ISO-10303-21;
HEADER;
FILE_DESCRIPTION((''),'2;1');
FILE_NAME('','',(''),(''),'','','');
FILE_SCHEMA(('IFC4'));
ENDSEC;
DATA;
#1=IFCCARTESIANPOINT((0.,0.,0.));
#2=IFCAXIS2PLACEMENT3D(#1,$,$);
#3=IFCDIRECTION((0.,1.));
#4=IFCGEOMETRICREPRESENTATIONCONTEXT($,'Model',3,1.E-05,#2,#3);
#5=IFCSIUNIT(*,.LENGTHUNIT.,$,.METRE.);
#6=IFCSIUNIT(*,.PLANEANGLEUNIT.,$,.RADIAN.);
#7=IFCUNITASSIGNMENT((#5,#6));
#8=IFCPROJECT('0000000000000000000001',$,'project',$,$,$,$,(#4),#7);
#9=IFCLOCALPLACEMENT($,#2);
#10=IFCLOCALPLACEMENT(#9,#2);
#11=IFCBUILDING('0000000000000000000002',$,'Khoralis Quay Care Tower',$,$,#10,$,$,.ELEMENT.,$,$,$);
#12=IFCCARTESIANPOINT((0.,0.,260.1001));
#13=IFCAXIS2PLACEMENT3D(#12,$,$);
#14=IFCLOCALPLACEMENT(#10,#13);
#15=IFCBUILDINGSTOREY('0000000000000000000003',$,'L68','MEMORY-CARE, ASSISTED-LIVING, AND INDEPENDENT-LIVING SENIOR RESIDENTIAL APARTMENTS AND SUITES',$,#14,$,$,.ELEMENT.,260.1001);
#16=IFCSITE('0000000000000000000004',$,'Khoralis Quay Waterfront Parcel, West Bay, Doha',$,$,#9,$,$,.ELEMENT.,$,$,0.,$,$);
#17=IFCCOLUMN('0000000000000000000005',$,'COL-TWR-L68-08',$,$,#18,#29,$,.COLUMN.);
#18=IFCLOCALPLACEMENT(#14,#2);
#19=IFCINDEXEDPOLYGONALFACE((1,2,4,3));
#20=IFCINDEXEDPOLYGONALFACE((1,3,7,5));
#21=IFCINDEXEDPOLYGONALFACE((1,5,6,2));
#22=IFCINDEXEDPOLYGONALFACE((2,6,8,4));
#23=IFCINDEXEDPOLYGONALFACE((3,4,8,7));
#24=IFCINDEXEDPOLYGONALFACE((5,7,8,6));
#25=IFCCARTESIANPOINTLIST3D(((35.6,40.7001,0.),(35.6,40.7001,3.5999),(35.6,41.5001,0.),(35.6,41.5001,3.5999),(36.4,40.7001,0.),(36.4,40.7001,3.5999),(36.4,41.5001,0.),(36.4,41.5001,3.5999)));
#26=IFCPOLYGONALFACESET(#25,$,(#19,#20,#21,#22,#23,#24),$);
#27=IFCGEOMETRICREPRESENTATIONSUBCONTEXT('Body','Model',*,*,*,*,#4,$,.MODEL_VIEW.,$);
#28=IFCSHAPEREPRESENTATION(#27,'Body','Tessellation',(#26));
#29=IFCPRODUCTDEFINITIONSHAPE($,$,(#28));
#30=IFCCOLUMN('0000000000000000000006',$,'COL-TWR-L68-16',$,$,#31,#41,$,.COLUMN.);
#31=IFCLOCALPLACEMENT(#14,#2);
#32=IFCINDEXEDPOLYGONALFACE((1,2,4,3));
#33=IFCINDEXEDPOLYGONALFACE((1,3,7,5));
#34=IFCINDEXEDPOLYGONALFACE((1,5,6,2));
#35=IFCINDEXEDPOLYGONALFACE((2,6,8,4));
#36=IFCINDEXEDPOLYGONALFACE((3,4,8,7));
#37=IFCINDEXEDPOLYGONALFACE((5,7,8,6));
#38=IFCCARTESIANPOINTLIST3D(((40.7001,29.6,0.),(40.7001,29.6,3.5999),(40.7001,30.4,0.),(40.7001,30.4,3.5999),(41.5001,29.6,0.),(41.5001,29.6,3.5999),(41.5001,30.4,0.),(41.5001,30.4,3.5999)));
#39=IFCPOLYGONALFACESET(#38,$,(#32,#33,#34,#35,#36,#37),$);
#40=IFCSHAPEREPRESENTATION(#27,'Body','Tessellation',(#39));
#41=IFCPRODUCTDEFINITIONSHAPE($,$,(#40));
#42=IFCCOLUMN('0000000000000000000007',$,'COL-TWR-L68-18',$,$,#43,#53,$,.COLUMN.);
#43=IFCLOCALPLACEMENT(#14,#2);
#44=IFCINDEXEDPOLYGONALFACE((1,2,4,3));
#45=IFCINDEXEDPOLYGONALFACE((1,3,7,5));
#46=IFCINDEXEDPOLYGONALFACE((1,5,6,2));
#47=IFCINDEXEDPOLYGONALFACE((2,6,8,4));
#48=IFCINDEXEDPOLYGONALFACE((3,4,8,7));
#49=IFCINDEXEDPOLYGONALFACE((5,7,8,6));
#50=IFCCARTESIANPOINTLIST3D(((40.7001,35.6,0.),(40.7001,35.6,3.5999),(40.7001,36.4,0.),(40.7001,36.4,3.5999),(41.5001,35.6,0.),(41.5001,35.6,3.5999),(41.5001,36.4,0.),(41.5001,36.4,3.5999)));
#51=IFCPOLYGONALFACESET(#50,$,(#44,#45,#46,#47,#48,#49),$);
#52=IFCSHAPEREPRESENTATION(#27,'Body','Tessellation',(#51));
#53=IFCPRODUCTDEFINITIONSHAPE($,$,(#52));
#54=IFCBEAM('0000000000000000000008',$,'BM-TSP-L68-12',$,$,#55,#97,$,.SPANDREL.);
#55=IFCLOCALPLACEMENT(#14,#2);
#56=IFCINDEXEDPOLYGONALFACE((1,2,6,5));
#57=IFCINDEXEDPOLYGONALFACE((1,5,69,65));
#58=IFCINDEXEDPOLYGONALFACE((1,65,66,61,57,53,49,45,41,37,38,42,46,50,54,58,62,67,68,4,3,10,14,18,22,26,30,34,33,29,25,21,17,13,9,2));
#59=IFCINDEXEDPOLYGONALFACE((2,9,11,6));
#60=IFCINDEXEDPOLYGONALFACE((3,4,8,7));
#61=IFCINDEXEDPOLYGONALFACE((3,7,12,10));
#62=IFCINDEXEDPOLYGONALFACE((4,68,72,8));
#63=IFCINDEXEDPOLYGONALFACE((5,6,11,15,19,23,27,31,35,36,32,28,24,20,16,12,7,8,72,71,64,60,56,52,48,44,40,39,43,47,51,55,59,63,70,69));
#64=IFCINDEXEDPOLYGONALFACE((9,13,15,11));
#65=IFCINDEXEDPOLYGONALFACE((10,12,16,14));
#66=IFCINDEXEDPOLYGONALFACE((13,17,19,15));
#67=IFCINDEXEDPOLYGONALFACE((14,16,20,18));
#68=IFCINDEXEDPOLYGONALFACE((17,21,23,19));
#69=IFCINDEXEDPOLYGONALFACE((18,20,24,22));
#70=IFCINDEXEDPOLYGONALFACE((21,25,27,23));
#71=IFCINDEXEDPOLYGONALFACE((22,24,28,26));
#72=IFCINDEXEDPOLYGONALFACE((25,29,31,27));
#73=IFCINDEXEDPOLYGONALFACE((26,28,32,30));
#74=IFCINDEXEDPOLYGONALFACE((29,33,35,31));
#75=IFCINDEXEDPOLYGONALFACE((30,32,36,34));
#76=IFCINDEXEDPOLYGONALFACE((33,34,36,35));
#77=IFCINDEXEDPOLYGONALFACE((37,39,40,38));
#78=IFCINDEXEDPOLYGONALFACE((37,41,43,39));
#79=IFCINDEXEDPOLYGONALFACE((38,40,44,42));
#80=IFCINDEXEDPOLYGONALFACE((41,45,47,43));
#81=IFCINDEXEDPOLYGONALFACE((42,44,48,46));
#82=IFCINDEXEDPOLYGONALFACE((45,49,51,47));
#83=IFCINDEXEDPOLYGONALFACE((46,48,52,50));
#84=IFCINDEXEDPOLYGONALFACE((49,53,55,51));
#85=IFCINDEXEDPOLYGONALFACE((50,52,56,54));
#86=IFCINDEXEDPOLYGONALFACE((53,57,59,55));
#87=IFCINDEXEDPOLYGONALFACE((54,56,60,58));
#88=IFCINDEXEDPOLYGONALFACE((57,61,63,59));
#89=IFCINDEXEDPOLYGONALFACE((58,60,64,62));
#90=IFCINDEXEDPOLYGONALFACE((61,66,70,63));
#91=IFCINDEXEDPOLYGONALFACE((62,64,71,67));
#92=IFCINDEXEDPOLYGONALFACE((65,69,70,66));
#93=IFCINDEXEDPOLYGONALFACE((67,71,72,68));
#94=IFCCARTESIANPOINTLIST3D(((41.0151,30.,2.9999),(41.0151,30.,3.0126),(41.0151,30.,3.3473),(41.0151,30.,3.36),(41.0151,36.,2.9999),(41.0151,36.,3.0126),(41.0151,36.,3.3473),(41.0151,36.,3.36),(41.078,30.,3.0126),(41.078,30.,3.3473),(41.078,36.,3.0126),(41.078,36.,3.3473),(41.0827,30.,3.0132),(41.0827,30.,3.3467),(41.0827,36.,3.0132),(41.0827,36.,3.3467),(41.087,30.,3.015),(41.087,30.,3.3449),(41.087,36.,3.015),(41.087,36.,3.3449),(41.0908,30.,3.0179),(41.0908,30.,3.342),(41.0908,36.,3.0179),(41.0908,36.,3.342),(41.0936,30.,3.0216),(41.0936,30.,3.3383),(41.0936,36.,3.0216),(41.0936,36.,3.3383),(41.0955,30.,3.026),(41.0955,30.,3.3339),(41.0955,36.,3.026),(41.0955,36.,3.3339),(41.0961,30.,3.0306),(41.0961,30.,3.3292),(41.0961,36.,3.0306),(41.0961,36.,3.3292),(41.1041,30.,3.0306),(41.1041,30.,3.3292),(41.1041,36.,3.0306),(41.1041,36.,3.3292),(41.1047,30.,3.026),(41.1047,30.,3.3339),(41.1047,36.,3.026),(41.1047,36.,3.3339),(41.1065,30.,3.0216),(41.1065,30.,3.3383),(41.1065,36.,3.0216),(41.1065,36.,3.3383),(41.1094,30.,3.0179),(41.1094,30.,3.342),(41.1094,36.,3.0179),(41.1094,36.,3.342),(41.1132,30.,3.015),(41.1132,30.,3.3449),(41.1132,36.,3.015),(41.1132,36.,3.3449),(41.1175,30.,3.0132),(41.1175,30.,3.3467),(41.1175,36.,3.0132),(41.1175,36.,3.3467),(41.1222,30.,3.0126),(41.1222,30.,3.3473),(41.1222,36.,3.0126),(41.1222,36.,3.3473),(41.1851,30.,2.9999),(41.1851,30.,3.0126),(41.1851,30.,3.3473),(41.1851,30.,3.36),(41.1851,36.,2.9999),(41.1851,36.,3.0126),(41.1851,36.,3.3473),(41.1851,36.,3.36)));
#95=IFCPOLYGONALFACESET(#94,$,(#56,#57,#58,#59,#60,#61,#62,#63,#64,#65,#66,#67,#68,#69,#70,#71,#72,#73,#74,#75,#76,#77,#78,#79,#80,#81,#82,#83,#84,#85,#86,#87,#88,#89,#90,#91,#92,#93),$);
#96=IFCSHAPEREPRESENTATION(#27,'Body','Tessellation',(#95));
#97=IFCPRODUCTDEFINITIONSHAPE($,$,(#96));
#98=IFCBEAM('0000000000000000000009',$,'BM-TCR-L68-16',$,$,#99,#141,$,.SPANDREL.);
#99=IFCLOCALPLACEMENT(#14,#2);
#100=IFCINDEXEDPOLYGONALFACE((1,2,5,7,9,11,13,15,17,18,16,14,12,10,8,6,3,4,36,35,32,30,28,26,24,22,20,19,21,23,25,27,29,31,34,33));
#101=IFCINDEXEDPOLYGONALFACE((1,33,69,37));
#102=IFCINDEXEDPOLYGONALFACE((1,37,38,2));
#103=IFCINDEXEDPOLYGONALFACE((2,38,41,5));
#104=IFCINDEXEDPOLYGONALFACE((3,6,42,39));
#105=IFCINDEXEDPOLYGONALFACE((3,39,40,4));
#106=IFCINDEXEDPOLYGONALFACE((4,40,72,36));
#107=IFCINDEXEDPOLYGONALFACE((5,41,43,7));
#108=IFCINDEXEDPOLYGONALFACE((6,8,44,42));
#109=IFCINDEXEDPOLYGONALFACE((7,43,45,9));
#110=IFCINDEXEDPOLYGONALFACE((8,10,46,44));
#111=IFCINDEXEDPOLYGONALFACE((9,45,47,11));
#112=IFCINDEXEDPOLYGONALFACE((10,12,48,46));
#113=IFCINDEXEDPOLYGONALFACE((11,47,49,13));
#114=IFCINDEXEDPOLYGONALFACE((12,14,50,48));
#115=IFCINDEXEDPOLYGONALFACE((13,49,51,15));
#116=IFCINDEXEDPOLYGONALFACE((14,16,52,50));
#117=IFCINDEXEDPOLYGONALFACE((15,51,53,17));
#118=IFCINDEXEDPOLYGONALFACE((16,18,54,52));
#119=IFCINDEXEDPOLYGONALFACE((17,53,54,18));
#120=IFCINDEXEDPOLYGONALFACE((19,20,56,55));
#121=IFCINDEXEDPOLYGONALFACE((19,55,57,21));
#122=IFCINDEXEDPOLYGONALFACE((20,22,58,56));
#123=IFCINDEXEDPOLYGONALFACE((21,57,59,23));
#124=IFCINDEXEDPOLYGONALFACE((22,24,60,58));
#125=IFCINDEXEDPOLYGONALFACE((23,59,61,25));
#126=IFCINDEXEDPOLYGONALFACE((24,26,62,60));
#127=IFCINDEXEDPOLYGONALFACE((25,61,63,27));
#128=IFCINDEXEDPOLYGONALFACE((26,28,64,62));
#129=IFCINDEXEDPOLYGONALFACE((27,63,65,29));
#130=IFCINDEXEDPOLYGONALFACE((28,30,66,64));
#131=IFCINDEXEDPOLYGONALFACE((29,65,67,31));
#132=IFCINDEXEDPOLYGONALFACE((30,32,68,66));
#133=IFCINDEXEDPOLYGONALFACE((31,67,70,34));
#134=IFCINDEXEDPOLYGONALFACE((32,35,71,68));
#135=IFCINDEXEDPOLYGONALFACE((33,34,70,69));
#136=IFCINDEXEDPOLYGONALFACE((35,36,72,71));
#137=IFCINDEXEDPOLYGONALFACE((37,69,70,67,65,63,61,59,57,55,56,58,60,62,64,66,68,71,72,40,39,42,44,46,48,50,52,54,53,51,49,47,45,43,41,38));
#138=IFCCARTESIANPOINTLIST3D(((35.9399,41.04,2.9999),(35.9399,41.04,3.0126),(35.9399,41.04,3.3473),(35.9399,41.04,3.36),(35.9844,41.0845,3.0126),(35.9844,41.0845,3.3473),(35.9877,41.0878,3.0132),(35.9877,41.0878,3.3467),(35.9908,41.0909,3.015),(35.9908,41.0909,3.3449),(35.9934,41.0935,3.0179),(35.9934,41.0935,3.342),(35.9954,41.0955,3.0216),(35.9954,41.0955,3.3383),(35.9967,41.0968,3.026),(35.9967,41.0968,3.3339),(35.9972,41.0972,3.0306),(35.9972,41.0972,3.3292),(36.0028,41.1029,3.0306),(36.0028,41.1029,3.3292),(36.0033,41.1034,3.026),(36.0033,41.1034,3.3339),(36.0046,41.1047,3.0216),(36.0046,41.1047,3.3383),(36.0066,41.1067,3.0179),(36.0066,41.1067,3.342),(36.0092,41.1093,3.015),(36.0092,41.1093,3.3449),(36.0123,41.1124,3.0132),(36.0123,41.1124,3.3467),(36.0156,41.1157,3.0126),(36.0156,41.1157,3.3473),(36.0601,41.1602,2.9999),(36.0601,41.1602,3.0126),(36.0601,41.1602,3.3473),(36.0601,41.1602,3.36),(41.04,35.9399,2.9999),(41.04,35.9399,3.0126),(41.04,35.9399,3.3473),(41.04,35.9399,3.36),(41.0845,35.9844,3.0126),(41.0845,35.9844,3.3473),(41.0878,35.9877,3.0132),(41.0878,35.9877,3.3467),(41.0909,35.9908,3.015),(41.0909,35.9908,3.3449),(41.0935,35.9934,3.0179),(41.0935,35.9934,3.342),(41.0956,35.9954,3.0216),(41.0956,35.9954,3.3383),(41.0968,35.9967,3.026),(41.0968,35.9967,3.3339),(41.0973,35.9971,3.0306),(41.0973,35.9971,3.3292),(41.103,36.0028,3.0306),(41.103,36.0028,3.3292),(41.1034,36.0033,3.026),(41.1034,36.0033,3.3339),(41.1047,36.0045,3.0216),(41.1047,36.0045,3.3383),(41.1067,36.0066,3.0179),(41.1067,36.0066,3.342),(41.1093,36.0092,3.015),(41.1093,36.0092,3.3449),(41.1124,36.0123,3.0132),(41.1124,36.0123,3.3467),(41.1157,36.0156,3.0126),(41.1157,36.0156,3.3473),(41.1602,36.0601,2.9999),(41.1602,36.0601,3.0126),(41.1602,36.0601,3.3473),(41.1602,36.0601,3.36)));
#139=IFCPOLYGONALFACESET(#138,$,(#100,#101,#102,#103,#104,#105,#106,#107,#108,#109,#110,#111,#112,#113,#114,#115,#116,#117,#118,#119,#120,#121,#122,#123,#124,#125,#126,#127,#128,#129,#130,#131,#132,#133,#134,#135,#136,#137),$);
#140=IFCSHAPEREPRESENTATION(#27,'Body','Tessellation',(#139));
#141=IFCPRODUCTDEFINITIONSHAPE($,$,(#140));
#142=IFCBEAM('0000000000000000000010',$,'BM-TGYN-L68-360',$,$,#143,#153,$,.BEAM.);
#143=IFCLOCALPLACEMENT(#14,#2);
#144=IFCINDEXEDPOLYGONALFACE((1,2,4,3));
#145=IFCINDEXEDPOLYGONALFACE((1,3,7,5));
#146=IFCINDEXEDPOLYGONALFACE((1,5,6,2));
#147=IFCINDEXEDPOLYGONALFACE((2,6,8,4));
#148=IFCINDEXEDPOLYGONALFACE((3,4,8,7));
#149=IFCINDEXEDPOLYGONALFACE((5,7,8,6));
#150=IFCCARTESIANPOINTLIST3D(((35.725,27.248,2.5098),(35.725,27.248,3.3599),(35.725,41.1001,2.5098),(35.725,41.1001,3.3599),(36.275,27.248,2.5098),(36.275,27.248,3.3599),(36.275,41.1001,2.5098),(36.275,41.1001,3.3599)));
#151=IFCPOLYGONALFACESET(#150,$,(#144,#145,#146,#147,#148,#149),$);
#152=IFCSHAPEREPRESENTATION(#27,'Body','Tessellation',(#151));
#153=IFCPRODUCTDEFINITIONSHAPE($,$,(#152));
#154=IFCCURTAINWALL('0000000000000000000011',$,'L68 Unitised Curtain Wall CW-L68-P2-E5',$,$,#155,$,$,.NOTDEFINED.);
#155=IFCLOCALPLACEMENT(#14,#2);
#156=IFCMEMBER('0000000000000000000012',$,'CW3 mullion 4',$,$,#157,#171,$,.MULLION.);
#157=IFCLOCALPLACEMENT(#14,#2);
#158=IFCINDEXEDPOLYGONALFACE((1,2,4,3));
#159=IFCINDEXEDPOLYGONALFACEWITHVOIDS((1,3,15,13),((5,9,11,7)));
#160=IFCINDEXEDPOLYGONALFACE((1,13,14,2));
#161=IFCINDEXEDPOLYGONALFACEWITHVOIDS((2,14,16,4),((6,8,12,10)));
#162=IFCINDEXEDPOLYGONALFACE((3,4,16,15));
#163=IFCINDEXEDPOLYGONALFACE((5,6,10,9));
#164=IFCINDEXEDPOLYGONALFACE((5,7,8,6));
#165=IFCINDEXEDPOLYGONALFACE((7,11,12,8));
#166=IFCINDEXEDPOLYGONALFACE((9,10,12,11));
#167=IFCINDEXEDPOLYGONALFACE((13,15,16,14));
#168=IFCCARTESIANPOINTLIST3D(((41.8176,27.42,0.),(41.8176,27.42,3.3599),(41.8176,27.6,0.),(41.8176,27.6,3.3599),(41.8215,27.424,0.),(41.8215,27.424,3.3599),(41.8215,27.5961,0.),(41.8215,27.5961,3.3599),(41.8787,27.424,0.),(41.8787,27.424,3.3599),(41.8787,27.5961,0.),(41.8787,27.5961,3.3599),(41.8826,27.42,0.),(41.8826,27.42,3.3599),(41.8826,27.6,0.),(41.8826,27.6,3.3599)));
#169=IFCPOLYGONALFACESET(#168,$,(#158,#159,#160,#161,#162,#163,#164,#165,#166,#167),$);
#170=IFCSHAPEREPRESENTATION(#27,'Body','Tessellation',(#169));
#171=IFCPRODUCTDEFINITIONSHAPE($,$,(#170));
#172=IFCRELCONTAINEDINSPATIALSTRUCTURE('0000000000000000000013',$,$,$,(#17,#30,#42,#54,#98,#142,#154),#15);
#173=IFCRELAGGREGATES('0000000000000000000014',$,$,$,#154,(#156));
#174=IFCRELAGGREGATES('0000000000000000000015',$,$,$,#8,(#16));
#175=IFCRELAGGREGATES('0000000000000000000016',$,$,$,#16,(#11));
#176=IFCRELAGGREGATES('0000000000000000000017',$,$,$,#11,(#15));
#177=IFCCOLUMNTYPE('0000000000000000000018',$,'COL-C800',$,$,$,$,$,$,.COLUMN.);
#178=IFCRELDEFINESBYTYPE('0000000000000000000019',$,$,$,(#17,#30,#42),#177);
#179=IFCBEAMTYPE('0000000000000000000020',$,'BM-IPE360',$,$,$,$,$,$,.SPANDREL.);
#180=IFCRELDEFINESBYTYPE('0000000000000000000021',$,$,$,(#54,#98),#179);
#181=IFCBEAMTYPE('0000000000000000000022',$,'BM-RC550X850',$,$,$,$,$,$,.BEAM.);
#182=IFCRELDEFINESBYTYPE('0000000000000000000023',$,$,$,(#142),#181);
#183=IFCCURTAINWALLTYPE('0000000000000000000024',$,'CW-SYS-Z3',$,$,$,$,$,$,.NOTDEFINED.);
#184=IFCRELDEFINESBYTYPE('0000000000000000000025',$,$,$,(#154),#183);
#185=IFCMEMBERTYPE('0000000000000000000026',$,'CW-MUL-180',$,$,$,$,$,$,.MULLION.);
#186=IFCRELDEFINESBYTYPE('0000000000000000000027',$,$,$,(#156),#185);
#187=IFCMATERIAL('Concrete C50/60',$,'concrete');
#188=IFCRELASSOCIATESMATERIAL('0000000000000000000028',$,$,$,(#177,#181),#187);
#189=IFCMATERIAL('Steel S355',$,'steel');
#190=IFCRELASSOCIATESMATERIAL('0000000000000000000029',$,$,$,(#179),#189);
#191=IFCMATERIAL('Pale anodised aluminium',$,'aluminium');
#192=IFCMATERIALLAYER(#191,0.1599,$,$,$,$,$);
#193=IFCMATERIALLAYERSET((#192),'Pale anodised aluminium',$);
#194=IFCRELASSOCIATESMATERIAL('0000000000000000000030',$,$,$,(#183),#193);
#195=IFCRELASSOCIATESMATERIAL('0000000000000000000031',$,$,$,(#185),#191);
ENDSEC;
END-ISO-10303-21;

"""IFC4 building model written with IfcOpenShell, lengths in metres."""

from ifc_helpers import new_model, si_unit, direction, frame, origin, origin_2d, place, context, subcontext, project, spatial, rectangle, hollow_rectangle, i_section, extrude, source, transform, mapped, material, layer, layer_set, material_profile, profile_set, type_object, element, aggregate, save


model = new_model("IFC4")

# Units and contexts
model_context = context("Model", 3, precision=1e-05, world=origin(), true_north=direction((0.0, 1.0)))
body_context = subcontext(model_context, "Body", "Model", "MODEL_VIEW")
ifc_project = project(units=[si_unit("LENGTHUNIT", "METRE"), si_unit("PLANEANGLEUNIT", "RADIAN")], contexts=[model_context])

# Site, building, storey
site_placement = place(None, origin())
site = spatial("IfcSite", under=ifc_project, at=site_placement, Name="Khoralis Quay Waterfront Parcel, West Bay, Doha", CompositionType="ELEMENT", RefElevation=0.0)
building_placement = place(site_placement, origin())
building = spatial("IfcBuilding", under=site, at=building_placement, Name="Khoralis Quay Care Tower", CompositionType="ELEMENT")
storey_placement = place(building_placement, frame((0.0, 0.0, 260.1001)))
storey = spatial("IfcBuildingStorey", under=building, at=storey_placement, Name="L68", Description="MEMORY-CARE, ASSISTED-LIVING, AND INDEPENDENT-LIVING SENIOR RESIDENTIAL APARTMENTS AND SUITES", CompositionType="ELEMENT", Elevation=260.1001)

# Columns
ifc_material_1 = material(Name="Concrete C50/60", Category="concrete")
ifc_material_profile_1 = material_profile(ifc_material_1, rectangle(XDim=0.8, YDim=0.8, at=origin_2d()), Name="Concrete C50/60")
ifc_profile_set_1 = profile_set([ifc_material_profile_1], Name="Concrete C50/60")
column_type = type_object("IfcColumnType", Name="COL-C800", PredefinedType="COLUMN", material=ifc_profile_set_1)
shared_shape_1 = source(origin(), body_context, "Body", "SweptSolid", [
    extrude(rectangle(XDim=0.8, YDim=0.8, at=origin_2d()), origin(), (0.0, 0.0, 1.0), 3.5999),
])
for number, where, z_axis, x_axis, name in (
    (1, (36.0, 41.1001, 0.0), (0.0, 0.0, 1.0), (1.0, 0.0, 0.0), "COL-TWR-L68-08"),
    (2, (41.1001, 30.0, 0.0), (0.0, 0.0, 1.0), (1.0, 0.0, 0.0), "COL-TWR-L68-16"),
    (3, (41.1001, 36.0, 0.0), (0.0, 0.0, 1.0), (1.0, 0.0, 0.0), "COL-TWR-L68-18"),
):
    element("IfcColumn", number, at=place(storey_placement, frame(where, z_axis=z_axis, x_axis=x_axis)), inside=storey, type_object=column_type, Name=name, PredefinedType="COLUMN", context=body_context, shape_type="MappedRepresentation", body=[
        mapped(shared_shape_1, transform((0.0, 0.0, 0.0), scale=1.0)),
    ])

# Beams
ifc_material_2 = material(Name="Steel S355", Category="steel")
ifc_material_profile_2 = material_profile(ifc_material_2, i_section(OverallWidth=0.1699, OverallDepth=0.3601, WebThickness=0.0081, FlangeThickness=0.0127, FilletRadius=0.0181, at=origin_2d()), Name="Steel S355")
ifc_profile_set_2 = profile_set([ifc_material_profile_2], Name="Steel S355")
beam_type_1 = type_object("IfcBeamType", Name="BM-IPE360", PredefinedType="SPANDREL", material=ifc_profile_set_2)
shared_shape_2 = source(origin(), body_context, "Body", "SweptSolid", [
    extrude(i_section(OverallWidth=0.1699, OverallDepth=0.3601, WebThickness=0.0081, FlangeThickness=0.0127, FilletRadius=0.0181, at=origin_2d()), origin(), (0.0, 0.0, 1.0), 6.0),
])
beam_1_placement = place(storey_placement, frame((41.1001, 30.0, 3.1799), z_axis=(0.0, 1.0, 0.0), x_axis=(-1.0, 0.0, 0.0)))
element("IfcBeam", 4, at=beam_1_placement, inside=storey, type_object=beam_type_1, Name="BM-TSP-L68-12", PredefinedType="SPANDREL", context=body_context, shape_type="MappedRepresentation", body=[
    mapped(shared_shape_2, transform((0.0, 0.0, 0.0), scale=1.0)),
])
shared_shape_3 = source(origin(), body_context, "Body", "SweptSolid", [
    extrude(i_section(OverallWidth=0.1699, OverallDepth=0.3601, WebThickness=0.0081, FlangeThickness=0.0127, FilletRadius=0.0181, at=origin_2d()), origin(), (0.0, 0.0, 1.0), 7.2126),
])
beam_2_placement = place(storey_placement, frame((36.0, 41.1001, 3.1799), z_axis=(0.707107, -0.707107, 0.0), x_axis=(0.707107, 0.707107, 0.0)))
element("IfcBeam", 5, at=beam_2_placement, inside=storey, type_object=beam_type_1, Name="BM-TCR-L68-16", PredefinedType="SPANDREL", context=body_context, shape_type="MappedRepresentation", body=[
    mapped(shared_shape_3, transform((0.0, 0.0, 0.0), scale=1.0)),
])
ifc_material_profile_3 = material_profile(ifc_material_1, rectangle(XDim=0.55, YDim=0.8501, at=origin_2d()), Name="Concrete C50/60")
ifc_profile_set_3 = profile_set([ifc_material_profile_3], Name="Concrete C50/60")
beam_type_2 = type_object("IfcBeamType", Name="BM-RC550X850", PredefinedType="BEAM", material=ifc_profile_set_3)
shared_shape_4 = source(origin(), body_context, "Body", "SweptSolid", [
    extrude(rectangle(XDim=0.55, YDim=0.8501, at=origin_2d()), origin(), (0.0, 0.0, 1.0), 13.8521),
])
beam_3_placement = place(storey_placement, frame((36.0, 27.248, 2.9348), z_axis=(0.0, 1.0, 0.0), x_axis=(-1.0, 0.0, 0.0)))
element("IfcBeam", 6, at=beam_3_placement, inside=storey, type_object=beam_type_2, Name="BM-TGYN-L68-360", PredefinedType="BEAM", context=body_context, shape_type="MappedRepresentation", body=[
    mapped(shared_shape_4, transform((0.0, 0.0, 0.0), scale=1.0)),
])

# Curtain wall, member
ifc_material_3 = material(Name="Pale anodised aluminium", Category="aluminium")
ifc_layer_1 = layer(ifc_material_3, 0.1599)
ifc_layer_set_1 = layer_set([ifc_layer_1], Name="Pale anodised aluminium")
curtain_wall_type = type_object("IfcCurtainWallType", Name="CW-SYS-Z3", PredefinedType="NOTDEFINED", material=ifc_layer_set_1)
curtain_wall_placement = place(storey_placement, origin())
curtain_wall = element("IfcCurtainWall", 7, at=curtain_wall_placement, inside=storey, type_object=curtain_wall_type, Name="L68 Unitised Curtain Wall CW-L68-P2-E5", PredefinedType="NOTDEFINED")
ifc_material_profile_4 = material_profile(ifc_material_3, hollow_rectangle(XDim=0.0649, YDim=0.1799, WallThickness=0.0039, at=origin_2d()), Name="Pale anodised aluminium")
ifc_profile_set_4 = profile_set([ifc_material_profile_4], Name="Pale anodised aluminium")
member_type = type_object("IfcMemberType", Name="CW-MUL-180", PredefinedType="MULLION", material=ifc_profile_set_4)
shared_shape_5 = source(origin(), body_context, "Body", "SweptSolid", [
    extrude(hollow_rectangle(XDim=0.0649, YDim=0.1799, WallThickness=0.0039, at=origin_2d()), origin(), (0.0, 0.0, 1.0), 3.3599),
])
member_placement = place(storey_placement, frame((41.8501, 27.51, 0.0), z_axis=(0.0, 0.0, 1.0), x_axis=(-1.0, 0.0, 0.0)))
member = element("IfcMember", 8, at=member_placement, type_object=member_type, Name="CW3 mullion 4", PredefinedType="MULLION", context=body_context, shape_type="MappedRepresentation", body=[
    mapped(shared_shape_5, transform((0.0, 0.0, 0.0), scale=1.0)),
])
aggregate(curtain_wall, [member])

save(model, "model.ifc")
